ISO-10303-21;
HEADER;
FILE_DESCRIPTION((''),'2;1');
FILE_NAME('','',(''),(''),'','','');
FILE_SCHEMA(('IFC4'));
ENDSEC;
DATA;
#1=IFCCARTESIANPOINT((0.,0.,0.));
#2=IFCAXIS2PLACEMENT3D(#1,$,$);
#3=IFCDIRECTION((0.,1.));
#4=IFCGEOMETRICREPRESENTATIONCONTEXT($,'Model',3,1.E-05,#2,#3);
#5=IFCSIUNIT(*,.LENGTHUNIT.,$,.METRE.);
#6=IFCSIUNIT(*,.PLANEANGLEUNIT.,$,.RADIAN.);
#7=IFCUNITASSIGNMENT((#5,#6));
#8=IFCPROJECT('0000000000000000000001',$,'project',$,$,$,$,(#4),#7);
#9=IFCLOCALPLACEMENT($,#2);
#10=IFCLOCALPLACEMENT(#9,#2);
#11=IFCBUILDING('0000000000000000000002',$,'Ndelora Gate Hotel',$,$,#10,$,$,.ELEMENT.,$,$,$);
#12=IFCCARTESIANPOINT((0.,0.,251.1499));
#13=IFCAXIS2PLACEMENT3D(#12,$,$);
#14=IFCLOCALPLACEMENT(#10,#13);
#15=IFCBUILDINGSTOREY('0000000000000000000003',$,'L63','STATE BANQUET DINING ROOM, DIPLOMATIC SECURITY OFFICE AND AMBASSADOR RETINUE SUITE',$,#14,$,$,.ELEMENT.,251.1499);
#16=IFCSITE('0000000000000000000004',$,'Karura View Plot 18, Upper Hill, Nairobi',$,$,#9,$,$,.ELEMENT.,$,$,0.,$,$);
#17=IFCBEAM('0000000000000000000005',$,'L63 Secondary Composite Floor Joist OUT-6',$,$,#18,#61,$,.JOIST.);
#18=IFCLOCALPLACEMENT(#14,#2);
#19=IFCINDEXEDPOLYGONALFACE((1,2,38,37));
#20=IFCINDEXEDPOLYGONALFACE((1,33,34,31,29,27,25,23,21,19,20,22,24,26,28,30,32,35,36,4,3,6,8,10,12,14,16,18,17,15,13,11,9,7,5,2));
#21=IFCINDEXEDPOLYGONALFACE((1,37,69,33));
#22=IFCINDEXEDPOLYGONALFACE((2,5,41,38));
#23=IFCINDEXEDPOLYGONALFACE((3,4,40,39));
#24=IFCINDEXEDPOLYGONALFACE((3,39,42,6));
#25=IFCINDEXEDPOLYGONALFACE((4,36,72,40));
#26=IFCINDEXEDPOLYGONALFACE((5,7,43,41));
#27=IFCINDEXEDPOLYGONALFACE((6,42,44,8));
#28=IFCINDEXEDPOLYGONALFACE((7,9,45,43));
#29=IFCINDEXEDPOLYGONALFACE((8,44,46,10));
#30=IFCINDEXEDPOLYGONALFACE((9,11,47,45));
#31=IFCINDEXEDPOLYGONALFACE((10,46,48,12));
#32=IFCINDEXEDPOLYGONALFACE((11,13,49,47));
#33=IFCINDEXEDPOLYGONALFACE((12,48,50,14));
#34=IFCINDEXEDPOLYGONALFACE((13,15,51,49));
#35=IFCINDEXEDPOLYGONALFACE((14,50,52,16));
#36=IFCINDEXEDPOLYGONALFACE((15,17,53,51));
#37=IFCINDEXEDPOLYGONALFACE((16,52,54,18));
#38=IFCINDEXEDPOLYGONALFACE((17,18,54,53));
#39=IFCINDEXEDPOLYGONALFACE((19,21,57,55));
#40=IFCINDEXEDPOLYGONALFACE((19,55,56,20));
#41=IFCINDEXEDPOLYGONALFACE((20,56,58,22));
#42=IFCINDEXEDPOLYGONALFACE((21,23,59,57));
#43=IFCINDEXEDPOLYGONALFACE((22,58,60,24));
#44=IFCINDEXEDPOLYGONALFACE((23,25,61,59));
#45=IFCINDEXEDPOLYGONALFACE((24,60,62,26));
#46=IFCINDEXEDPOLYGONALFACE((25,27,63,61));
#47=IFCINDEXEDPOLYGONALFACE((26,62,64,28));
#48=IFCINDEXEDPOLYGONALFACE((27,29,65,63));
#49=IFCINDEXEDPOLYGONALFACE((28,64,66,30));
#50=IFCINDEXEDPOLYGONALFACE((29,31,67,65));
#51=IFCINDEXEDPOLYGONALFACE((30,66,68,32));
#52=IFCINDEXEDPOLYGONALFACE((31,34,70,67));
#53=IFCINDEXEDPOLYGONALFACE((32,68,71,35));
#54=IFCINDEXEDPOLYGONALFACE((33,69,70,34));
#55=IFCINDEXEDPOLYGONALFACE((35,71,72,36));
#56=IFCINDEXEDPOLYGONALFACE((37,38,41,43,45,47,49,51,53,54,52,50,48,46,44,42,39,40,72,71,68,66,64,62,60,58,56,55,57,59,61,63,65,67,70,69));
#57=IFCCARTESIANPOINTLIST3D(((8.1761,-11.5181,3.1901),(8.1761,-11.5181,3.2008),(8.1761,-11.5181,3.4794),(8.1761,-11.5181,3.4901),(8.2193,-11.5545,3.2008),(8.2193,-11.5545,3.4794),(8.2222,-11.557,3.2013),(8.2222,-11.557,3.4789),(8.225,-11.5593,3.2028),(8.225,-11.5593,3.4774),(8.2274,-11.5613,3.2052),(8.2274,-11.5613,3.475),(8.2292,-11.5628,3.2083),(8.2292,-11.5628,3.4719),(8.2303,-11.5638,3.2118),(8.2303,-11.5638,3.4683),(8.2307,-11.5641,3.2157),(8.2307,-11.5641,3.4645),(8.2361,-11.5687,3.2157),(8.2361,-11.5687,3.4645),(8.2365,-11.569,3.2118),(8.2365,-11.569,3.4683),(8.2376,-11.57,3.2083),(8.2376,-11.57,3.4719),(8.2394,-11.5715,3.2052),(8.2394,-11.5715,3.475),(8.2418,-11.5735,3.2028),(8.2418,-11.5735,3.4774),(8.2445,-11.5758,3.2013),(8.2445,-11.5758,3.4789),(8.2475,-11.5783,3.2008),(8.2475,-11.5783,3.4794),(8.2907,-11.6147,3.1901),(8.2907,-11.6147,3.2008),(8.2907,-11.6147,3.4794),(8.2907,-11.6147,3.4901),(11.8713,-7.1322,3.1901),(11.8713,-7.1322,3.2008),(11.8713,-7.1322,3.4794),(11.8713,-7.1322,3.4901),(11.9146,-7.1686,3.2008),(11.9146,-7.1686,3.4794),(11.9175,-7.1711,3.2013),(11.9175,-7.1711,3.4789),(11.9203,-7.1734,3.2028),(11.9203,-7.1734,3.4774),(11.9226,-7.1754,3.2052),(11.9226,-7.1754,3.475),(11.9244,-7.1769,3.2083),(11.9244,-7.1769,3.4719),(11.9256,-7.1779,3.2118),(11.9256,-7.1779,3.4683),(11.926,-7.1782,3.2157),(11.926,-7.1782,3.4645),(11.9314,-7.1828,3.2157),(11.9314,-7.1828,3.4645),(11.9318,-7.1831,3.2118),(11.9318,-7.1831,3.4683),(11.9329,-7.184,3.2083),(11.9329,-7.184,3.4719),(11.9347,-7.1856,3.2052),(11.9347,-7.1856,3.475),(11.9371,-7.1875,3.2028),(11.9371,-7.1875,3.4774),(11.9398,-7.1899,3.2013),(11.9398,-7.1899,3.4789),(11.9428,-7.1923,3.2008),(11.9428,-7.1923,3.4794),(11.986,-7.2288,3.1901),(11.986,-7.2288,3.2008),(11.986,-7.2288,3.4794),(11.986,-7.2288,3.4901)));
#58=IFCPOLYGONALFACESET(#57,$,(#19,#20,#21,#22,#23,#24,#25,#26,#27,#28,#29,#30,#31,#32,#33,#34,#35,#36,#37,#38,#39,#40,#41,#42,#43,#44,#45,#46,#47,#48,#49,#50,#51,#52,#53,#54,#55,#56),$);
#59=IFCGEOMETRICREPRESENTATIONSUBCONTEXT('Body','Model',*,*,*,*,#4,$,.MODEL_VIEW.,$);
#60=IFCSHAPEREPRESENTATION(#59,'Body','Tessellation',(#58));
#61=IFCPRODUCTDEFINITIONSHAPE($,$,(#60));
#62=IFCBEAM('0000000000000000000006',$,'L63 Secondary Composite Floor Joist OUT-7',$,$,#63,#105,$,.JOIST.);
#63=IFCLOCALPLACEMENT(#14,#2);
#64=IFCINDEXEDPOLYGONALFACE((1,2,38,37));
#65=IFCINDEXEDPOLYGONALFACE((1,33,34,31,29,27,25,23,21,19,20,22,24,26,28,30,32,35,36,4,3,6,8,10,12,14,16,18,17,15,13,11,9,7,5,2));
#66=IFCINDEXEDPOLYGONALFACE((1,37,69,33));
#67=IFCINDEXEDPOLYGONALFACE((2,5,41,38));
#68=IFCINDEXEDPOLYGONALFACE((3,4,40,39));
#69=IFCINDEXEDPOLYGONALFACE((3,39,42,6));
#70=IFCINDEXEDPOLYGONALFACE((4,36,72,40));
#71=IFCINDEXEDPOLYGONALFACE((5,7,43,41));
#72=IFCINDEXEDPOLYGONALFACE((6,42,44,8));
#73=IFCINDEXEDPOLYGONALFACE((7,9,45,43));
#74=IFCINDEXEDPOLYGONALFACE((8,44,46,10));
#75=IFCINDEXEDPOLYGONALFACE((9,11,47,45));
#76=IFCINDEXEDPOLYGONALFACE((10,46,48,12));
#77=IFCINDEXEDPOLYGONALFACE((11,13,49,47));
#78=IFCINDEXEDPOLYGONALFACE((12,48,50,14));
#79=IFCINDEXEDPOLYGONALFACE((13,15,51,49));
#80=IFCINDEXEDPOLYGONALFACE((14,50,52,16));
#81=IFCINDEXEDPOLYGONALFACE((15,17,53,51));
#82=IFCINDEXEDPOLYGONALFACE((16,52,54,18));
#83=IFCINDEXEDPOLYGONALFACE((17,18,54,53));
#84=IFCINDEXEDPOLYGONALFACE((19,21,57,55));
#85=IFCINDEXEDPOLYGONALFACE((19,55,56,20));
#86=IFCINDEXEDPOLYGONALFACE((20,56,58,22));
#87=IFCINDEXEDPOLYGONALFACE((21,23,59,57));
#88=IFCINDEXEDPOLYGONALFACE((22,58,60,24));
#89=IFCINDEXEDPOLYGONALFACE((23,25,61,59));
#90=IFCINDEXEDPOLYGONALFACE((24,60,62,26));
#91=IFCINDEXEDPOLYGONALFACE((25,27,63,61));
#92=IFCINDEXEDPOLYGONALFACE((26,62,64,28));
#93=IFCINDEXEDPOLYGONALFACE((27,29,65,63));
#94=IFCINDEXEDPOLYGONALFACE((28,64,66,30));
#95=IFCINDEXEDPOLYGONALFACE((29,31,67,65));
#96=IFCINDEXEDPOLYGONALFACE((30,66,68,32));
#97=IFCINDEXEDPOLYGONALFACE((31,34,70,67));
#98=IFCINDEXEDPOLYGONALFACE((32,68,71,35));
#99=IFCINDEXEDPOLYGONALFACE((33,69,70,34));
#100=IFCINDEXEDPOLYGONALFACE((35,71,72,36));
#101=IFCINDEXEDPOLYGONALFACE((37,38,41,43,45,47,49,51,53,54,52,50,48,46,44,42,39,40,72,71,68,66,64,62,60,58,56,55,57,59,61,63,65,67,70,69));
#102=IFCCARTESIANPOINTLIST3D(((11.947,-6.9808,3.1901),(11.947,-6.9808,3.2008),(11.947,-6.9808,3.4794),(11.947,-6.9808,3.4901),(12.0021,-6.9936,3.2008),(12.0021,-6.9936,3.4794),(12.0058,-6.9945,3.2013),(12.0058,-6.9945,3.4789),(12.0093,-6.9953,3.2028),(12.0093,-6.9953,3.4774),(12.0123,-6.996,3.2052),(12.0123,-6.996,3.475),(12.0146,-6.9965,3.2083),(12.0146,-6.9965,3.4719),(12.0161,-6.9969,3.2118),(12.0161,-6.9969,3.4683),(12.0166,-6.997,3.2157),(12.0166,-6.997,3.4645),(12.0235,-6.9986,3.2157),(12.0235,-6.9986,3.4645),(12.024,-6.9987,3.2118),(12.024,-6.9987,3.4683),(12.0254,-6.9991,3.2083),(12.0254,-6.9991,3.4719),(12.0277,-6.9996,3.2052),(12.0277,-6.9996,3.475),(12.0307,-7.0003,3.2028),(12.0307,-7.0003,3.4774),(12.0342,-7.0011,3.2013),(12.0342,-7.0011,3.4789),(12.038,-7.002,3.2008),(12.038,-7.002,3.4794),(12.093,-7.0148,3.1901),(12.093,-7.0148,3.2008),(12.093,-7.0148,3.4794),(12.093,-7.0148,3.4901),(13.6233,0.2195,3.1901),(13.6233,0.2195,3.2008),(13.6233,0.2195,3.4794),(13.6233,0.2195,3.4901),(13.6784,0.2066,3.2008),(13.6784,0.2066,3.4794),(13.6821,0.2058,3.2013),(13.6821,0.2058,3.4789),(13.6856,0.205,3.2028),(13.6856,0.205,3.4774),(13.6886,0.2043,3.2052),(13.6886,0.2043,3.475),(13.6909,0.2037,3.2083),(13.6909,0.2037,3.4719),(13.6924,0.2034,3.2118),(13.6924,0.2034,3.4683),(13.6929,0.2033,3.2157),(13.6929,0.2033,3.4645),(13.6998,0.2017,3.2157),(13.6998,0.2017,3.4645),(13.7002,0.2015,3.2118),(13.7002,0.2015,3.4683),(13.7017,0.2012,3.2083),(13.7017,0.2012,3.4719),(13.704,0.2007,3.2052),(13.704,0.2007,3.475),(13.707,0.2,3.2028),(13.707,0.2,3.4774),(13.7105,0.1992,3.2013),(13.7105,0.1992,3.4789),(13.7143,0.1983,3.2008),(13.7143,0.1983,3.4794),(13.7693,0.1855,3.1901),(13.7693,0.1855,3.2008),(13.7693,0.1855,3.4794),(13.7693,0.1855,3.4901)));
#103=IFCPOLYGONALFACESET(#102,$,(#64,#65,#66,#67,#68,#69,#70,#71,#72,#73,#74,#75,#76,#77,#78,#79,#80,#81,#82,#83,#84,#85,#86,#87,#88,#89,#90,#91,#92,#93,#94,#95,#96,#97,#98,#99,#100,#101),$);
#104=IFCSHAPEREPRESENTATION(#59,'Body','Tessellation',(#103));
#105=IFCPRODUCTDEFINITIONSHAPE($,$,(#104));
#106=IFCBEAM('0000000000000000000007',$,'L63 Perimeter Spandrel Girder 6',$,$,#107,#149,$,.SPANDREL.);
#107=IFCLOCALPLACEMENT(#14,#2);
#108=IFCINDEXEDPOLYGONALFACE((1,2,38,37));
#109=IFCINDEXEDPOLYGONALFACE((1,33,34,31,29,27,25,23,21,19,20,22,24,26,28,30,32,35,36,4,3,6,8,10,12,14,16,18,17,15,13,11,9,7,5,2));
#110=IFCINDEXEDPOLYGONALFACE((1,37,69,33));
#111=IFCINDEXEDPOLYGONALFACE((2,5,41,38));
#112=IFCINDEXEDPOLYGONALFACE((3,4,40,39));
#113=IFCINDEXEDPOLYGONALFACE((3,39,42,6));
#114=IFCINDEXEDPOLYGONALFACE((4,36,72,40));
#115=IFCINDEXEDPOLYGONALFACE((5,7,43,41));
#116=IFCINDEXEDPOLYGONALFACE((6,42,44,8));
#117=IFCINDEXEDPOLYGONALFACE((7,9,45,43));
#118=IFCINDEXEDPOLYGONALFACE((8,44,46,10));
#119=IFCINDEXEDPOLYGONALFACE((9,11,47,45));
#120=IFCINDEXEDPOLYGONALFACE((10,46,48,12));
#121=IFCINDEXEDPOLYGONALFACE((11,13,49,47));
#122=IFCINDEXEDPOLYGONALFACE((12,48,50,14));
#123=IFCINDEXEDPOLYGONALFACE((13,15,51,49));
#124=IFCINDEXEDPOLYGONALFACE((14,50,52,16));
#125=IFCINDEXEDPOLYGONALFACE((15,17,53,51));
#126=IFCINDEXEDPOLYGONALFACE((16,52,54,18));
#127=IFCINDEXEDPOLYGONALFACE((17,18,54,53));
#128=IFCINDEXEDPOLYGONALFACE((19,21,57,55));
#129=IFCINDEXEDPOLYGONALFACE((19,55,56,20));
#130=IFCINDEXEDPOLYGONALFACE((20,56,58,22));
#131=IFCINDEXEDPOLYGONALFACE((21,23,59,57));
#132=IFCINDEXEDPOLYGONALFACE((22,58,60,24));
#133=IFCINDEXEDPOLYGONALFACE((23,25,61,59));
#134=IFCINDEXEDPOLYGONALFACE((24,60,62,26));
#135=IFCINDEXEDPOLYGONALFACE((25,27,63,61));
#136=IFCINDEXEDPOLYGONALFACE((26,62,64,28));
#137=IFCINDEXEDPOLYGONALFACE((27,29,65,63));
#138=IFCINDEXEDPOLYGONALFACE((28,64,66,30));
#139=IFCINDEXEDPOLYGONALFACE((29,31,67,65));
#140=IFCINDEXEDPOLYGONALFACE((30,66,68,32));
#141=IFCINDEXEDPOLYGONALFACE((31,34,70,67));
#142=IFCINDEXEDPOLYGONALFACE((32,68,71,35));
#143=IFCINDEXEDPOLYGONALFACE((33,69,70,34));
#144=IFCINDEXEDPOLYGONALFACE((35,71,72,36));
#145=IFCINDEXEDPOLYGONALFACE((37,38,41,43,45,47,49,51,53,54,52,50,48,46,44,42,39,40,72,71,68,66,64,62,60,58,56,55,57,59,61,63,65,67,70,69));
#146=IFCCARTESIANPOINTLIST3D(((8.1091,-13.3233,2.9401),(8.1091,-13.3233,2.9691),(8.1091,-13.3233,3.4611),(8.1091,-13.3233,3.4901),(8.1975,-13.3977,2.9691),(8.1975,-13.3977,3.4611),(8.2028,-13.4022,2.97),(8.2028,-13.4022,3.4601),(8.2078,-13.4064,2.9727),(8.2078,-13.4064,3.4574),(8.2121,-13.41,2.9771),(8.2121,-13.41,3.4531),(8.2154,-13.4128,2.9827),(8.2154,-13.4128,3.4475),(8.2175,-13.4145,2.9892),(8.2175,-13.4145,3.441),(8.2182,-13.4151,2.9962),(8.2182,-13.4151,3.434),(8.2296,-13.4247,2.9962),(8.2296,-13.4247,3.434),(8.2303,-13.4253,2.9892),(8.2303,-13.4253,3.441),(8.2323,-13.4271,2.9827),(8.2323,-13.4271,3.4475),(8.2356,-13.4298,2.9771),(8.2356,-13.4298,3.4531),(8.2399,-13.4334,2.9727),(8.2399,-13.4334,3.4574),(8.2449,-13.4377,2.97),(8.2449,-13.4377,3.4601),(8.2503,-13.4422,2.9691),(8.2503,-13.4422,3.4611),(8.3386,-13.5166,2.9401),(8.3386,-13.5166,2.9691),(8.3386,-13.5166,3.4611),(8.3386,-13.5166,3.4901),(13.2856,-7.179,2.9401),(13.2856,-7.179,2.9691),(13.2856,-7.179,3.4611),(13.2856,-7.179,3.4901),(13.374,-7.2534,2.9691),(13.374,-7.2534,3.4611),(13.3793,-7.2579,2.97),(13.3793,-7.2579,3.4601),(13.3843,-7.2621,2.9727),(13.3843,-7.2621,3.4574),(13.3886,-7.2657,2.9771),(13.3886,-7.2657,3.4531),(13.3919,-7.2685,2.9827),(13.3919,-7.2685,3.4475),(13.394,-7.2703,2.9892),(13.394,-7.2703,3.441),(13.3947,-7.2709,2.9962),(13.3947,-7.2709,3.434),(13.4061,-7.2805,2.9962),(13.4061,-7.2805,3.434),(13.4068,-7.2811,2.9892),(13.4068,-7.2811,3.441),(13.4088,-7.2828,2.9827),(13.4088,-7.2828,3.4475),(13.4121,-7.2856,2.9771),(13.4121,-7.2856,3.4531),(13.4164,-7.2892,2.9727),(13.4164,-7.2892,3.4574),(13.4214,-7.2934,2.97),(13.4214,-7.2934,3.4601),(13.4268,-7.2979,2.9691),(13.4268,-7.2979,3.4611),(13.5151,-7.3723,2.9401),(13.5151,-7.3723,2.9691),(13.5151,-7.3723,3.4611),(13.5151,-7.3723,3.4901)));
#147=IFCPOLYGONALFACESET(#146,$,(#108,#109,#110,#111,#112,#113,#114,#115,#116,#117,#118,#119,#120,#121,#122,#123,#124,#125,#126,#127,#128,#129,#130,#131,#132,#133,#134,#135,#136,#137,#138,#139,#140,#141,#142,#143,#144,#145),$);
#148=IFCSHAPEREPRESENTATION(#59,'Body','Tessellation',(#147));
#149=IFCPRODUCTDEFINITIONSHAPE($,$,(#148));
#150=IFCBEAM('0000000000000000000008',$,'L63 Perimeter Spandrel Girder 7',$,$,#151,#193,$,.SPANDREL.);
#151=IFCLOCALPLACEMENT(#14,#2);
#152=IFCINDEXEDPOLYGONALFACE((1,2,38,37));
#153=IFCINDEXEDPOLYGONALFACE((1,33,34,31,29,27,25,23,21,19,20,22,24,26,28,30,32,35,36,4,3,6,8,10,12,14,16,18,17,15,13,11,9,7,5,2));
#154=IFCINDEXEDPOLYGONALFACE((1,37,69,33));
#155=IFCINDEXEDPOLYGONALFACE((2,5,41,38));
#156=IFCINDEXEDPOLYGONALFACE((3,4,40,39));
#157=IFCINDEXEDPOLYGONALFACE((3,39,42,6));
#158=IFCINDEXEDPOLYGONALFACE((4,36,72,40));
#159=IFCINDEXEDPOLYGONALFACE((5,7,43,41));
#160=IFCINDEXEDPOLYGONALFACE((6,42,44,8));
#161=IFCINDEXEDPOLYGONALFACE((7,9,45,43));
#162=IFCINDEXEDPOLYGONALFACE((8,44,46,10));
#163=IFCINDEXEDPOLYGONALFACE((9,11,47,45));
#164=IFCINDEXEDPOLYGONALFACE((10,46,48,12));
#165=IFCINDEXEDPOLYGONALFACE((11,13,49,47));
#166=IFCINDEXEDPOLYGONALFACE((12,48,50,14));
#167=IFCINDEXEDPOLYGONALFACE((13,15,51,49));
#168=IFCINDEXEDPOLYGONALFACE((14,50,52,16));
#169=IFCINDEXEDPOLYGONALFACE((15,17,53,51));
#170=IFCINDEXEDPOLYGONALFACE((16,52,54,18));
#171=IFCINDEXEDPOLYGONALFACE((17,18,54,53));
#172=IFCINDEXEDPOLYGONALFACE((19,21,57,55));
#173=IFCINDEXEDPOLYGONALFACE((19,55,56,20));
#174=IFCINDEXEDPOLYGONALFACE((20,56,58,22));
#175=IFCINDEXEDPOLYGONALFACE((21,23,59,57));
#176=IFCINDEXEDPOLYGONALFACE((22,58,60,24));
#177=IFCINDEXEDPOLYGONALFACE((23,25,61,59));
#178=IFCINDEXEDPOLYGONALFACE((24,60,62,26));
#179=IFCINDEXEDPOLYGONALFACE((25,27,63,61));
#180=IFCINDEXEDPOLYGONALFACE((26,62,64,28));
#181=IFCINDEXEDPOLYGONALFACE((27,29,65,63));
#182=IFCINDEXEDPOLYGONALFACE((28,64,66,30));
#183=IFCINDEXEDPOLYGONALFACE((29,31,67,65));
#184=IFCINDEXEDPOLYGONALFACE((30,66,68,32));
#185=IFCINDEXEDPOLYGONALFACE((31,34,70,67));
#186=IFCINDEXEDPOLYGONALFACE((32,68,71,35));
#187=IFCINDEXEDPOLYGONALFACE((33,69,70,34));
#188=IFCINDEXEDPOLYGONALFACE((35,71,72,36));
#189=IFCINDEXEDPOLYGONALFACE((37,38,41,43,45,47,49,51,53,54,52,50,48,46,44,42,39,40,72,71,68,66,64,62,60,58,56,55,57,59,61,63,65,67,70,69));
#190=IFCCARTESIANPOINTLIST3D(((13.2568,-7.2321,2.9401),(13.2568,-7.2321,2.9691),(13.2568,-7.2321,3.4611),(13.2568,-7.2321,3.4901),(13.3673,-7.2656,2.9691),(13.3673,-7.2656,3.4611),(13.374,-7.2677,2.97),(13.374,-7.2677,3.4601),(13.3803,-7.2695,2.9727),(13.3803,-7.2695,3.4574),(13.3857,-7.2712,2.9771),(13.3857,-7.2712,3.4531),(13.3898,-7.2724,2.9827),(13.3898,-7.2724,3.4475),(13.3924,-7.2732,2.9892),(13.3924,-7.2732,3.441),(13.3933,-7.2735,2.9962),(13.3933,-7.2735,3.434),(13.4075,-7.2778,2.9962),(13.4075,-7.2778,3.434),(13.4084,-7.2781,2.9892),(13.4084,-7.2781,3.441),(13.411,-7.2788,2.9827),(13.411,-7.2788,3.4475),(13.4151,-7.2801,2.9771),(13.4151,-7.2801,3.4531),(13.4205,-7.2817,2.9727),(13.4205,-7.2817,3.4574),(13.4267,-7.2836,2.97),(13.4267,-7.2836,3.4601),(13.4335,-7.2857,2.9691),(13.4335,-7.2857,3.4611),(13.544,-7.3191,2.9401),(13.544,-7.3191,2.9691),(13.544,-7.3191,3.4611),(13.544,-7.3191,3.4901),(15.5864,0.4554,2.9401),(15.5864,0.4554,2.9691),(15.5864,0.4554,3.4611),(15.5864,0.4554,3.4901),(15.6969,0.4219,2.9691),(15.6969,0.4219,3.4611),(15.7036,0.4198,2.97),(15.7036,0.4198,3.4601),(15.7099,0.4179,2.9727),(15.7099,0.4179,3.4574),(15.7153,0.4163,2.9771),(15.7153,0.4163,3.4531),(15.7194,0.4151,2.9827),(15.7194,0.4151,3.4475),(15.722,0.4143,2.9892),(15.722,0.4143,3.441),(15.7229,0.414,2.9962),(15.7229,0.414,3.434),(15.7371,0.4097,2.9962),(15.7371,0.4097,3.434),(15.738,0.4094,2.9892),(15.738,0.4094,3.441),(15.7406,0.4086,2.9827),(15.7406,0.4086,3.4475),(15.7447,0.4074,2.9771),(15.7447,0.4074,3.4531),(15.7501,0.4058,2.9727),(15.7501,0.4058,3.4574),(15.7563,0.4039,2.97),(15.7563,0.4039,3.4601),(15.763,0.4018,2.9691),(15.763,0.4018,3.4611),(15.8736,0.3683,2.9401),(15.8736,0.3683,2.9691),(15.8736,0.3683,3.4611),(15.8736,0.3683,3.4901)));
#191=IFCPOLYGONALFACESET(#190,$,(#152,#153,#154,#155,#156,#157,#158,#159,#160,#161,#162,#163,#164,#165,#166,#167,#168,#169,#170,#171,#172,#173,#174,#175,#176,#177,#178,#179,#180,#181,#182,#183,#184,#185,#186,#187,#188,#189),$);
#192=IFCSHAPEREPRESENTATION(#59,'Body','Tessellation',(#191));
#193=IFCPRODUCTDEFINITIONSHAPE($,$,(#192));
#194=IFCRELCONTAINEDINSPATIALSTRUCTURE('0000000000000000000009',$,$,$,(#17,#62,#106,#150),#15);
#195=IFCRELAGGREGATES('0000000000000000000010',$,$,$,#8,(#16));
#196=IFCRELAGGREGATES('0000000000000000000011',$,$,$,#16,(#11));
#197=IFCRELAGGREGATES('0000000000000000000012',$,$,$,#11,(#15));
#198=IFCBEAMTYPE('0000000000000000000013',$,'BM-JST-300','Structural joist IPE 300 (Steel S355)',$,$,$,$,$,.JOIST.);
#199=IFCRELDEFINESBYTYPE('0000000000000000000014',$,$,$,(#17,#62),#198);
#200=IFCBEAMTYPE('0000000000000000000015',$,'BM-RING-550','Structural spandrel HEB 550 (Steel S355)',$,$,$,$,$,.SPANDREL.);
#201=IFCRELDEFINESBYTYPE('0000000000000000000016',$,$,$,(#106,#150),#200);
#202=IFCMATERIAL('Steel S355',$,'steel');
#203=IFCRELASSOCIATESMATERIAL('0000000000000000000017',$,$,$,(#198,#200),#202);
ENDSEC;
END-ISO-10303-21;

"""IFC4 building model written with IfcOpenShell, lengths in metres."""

from ifc_helpers import new_model, si_unit, direction, frame, origin, origin_2d, place, context, subcontext, project, spatial, i_section, extrude, material, material_profile, profile_set, type_object, element, save


model = new_model("IFC4")

# Units and contexts
model_context = context("Model", 3, precision=1e-05, world=origin(), true_north=direction((0.0, 1.0)))
body_context = subcontext(model_context, "Body", "Model", "MODEL_VIEW")
ifc_project = project(units=[si_unit("LENGTHUNIT", "METRE"), si_unit("PLANEANGLEUNIT", "RADIAN")], contexts=[model_context])

# Site, building, storey
site_placement = place(None, origin())
site = spatial("IfcSite", under=ifc_project, at=site_placement, Name="Karura View Plot 18, Upper Hill, Nairobi", CompositionType="ELEMENT", RefElevation=0.0)
building_placement = place(site_placement, origin())
building = spatial("IfcBuilding", under=site, at=building_placement, Name="Ndelora Gate Hotel", CompositionType="ELEMENT")
storey_placement = place(building_placement, frame((0.0, 0.0, 251.1499)))
storey = spatial("IfcBuildingStorey", under=building, at=storey_placement, Name="L63", Description="STATE BANQUET DINING ROOM, DIPLOMATIC SECURITY OFFICE AND AMBASSADOR RETINUE SUITE", CompositionType="ELEMENT", Elevation=251.1499)

# Beams
ifc_material_1 = material(Name="Steel S355", Category="steel")
ifc_material_profile_1 = material_profile(ifc_material_1, i_section(OverallWidth=0.1499, OverallDepth=0.3, WebThickness=0.0071, FlangeThickness=0.0107, FilletRadius=0.0149, at=origin_2d()), Name="IPE 300")
ifc_profile_set_1 = profile_set([ifc_material_profile_1], Name="Steel S355")
beam_type_1 = type_object("IfcBeamType", Name="BM-JST-300", Description="Structural joist IPE 300 (Steel S355)", PredefinedType="JOIST", material=ifc_profile_set_1)
beam_1_placement = place(storey_placement, frame((8.2334, -11.5664, 3.3401), z_axis=(0.644324, 0.764752, 0.0), x_axis=(-0.764752, 0.644324, 0.0)))
element("IfcBeam", 1, at=beam_1_placement, inside=storey, type_object=beam_type_1, Name="L63 Secondary Composite Floor Joist OUT-6", PredefinedType="JOIST", context=body_context, shape_type="SweptSolid", body=[
    extrude(i_section(OverallWidth=0.1499, OverallDepth=0.3, WebThickness=0.0071, FlangeThickness=0.0107, FilletRadius=0.0149, at=origin_2d()), origin(), (0.0, 0.0, 1.0), 5.7351),
])
beam_2_placement = place(storey_placement, frame((12.02, -6.9978, 3.3401), z_axis=(0.226745, 0.973954, 0.0), x_axis=(-0.973954, 0.226745, 0.0)))
element("IfcBeam", 2, at=beam_2_placement, inside=storey, type_object=beam_type_1, Name="L63 Secondary Composite Floor Joist OUT-7", PredefinedType="JOIST", context=body_context, shape_type="SweptSolid", body=[
    extrude(i_section(OverallWidth=0.1499, OverallDepth=0.3, WebThickness=0.0071, FlangeThickness=0.0107, FilletRadius=0.0149, at=origin_2d()), origin(), (0.0, 0.0, 1.0), 7.3928),
])
ifc_material_profile_2 = material_profile(ifc_material_1, i_section(OverallWidth=0.3, OverallDepth=0.55, WebThickness=0.0149, FlangeThickness=0.0291, FilletRadius=0.0271, at=origin_2d()), Name="HEB 550")
ifc_profile_set_2 = profile_set([ifc_material_profile_2], Name="Steel S355")
beam_type_2 = type_object("IfcBeamType", Name="BM-RING-550", Description="Structural spandrel HEB 550 (Steel S355)", PredefinedType="SPANDREL", material=ifc_profile_set_2)
beam_3_placement = place(storey_placement, frame((8.2239, -13.4199, 3.2151), z_axis=(0.644309, 0.764765, 0.0), x_axis=(-0.764765, 0.644309, 0.0)))
element("IfcBeam", 3, at=beam_3_placement, inside=storey, type_object=beam_type_2, Name="L63 Perimeter Spandrel Girder 6", PredefinedType="SPANDREL", context=body_context, shape_type="SweptSolid", body=[
    extrude(i_section(OverallWidth=0.3, OverallDepth=0.55, WebThickness=0.0149, FlangeThickness=0.0291, FilletRadius=0.0271, at=origin_2d()), origin(), (0.0, 0.0, 1.0), 8.0342),
])
beam_4_placement = place(storey_placement, frame((13.4004, -7.2756, 3.2151), z_axis=(0.290012, 0.957023, 0.0), x_axis=(-0.957023, 0.290012, 0.0)))
element("IfcBeam", 4, at=beam_4_placement, inside=storey, type_object=beam_type_2, Name="L63 Perimeter Spandrel Girder 7", PredefinedType="SPANDREL", context=body_context, shape_type="SweptSolid", body=[
    extrude(i_section(OverallWidth=0.3, OverallDepth=0.55, WebThickness=0.0149, FlangeThickness=0.0291, FilletRadius=0.0271, at=origin_2d()), origin(), (0.0, 0.0, 1.0), 8.0327),
])

save(model, "model.ifc")
